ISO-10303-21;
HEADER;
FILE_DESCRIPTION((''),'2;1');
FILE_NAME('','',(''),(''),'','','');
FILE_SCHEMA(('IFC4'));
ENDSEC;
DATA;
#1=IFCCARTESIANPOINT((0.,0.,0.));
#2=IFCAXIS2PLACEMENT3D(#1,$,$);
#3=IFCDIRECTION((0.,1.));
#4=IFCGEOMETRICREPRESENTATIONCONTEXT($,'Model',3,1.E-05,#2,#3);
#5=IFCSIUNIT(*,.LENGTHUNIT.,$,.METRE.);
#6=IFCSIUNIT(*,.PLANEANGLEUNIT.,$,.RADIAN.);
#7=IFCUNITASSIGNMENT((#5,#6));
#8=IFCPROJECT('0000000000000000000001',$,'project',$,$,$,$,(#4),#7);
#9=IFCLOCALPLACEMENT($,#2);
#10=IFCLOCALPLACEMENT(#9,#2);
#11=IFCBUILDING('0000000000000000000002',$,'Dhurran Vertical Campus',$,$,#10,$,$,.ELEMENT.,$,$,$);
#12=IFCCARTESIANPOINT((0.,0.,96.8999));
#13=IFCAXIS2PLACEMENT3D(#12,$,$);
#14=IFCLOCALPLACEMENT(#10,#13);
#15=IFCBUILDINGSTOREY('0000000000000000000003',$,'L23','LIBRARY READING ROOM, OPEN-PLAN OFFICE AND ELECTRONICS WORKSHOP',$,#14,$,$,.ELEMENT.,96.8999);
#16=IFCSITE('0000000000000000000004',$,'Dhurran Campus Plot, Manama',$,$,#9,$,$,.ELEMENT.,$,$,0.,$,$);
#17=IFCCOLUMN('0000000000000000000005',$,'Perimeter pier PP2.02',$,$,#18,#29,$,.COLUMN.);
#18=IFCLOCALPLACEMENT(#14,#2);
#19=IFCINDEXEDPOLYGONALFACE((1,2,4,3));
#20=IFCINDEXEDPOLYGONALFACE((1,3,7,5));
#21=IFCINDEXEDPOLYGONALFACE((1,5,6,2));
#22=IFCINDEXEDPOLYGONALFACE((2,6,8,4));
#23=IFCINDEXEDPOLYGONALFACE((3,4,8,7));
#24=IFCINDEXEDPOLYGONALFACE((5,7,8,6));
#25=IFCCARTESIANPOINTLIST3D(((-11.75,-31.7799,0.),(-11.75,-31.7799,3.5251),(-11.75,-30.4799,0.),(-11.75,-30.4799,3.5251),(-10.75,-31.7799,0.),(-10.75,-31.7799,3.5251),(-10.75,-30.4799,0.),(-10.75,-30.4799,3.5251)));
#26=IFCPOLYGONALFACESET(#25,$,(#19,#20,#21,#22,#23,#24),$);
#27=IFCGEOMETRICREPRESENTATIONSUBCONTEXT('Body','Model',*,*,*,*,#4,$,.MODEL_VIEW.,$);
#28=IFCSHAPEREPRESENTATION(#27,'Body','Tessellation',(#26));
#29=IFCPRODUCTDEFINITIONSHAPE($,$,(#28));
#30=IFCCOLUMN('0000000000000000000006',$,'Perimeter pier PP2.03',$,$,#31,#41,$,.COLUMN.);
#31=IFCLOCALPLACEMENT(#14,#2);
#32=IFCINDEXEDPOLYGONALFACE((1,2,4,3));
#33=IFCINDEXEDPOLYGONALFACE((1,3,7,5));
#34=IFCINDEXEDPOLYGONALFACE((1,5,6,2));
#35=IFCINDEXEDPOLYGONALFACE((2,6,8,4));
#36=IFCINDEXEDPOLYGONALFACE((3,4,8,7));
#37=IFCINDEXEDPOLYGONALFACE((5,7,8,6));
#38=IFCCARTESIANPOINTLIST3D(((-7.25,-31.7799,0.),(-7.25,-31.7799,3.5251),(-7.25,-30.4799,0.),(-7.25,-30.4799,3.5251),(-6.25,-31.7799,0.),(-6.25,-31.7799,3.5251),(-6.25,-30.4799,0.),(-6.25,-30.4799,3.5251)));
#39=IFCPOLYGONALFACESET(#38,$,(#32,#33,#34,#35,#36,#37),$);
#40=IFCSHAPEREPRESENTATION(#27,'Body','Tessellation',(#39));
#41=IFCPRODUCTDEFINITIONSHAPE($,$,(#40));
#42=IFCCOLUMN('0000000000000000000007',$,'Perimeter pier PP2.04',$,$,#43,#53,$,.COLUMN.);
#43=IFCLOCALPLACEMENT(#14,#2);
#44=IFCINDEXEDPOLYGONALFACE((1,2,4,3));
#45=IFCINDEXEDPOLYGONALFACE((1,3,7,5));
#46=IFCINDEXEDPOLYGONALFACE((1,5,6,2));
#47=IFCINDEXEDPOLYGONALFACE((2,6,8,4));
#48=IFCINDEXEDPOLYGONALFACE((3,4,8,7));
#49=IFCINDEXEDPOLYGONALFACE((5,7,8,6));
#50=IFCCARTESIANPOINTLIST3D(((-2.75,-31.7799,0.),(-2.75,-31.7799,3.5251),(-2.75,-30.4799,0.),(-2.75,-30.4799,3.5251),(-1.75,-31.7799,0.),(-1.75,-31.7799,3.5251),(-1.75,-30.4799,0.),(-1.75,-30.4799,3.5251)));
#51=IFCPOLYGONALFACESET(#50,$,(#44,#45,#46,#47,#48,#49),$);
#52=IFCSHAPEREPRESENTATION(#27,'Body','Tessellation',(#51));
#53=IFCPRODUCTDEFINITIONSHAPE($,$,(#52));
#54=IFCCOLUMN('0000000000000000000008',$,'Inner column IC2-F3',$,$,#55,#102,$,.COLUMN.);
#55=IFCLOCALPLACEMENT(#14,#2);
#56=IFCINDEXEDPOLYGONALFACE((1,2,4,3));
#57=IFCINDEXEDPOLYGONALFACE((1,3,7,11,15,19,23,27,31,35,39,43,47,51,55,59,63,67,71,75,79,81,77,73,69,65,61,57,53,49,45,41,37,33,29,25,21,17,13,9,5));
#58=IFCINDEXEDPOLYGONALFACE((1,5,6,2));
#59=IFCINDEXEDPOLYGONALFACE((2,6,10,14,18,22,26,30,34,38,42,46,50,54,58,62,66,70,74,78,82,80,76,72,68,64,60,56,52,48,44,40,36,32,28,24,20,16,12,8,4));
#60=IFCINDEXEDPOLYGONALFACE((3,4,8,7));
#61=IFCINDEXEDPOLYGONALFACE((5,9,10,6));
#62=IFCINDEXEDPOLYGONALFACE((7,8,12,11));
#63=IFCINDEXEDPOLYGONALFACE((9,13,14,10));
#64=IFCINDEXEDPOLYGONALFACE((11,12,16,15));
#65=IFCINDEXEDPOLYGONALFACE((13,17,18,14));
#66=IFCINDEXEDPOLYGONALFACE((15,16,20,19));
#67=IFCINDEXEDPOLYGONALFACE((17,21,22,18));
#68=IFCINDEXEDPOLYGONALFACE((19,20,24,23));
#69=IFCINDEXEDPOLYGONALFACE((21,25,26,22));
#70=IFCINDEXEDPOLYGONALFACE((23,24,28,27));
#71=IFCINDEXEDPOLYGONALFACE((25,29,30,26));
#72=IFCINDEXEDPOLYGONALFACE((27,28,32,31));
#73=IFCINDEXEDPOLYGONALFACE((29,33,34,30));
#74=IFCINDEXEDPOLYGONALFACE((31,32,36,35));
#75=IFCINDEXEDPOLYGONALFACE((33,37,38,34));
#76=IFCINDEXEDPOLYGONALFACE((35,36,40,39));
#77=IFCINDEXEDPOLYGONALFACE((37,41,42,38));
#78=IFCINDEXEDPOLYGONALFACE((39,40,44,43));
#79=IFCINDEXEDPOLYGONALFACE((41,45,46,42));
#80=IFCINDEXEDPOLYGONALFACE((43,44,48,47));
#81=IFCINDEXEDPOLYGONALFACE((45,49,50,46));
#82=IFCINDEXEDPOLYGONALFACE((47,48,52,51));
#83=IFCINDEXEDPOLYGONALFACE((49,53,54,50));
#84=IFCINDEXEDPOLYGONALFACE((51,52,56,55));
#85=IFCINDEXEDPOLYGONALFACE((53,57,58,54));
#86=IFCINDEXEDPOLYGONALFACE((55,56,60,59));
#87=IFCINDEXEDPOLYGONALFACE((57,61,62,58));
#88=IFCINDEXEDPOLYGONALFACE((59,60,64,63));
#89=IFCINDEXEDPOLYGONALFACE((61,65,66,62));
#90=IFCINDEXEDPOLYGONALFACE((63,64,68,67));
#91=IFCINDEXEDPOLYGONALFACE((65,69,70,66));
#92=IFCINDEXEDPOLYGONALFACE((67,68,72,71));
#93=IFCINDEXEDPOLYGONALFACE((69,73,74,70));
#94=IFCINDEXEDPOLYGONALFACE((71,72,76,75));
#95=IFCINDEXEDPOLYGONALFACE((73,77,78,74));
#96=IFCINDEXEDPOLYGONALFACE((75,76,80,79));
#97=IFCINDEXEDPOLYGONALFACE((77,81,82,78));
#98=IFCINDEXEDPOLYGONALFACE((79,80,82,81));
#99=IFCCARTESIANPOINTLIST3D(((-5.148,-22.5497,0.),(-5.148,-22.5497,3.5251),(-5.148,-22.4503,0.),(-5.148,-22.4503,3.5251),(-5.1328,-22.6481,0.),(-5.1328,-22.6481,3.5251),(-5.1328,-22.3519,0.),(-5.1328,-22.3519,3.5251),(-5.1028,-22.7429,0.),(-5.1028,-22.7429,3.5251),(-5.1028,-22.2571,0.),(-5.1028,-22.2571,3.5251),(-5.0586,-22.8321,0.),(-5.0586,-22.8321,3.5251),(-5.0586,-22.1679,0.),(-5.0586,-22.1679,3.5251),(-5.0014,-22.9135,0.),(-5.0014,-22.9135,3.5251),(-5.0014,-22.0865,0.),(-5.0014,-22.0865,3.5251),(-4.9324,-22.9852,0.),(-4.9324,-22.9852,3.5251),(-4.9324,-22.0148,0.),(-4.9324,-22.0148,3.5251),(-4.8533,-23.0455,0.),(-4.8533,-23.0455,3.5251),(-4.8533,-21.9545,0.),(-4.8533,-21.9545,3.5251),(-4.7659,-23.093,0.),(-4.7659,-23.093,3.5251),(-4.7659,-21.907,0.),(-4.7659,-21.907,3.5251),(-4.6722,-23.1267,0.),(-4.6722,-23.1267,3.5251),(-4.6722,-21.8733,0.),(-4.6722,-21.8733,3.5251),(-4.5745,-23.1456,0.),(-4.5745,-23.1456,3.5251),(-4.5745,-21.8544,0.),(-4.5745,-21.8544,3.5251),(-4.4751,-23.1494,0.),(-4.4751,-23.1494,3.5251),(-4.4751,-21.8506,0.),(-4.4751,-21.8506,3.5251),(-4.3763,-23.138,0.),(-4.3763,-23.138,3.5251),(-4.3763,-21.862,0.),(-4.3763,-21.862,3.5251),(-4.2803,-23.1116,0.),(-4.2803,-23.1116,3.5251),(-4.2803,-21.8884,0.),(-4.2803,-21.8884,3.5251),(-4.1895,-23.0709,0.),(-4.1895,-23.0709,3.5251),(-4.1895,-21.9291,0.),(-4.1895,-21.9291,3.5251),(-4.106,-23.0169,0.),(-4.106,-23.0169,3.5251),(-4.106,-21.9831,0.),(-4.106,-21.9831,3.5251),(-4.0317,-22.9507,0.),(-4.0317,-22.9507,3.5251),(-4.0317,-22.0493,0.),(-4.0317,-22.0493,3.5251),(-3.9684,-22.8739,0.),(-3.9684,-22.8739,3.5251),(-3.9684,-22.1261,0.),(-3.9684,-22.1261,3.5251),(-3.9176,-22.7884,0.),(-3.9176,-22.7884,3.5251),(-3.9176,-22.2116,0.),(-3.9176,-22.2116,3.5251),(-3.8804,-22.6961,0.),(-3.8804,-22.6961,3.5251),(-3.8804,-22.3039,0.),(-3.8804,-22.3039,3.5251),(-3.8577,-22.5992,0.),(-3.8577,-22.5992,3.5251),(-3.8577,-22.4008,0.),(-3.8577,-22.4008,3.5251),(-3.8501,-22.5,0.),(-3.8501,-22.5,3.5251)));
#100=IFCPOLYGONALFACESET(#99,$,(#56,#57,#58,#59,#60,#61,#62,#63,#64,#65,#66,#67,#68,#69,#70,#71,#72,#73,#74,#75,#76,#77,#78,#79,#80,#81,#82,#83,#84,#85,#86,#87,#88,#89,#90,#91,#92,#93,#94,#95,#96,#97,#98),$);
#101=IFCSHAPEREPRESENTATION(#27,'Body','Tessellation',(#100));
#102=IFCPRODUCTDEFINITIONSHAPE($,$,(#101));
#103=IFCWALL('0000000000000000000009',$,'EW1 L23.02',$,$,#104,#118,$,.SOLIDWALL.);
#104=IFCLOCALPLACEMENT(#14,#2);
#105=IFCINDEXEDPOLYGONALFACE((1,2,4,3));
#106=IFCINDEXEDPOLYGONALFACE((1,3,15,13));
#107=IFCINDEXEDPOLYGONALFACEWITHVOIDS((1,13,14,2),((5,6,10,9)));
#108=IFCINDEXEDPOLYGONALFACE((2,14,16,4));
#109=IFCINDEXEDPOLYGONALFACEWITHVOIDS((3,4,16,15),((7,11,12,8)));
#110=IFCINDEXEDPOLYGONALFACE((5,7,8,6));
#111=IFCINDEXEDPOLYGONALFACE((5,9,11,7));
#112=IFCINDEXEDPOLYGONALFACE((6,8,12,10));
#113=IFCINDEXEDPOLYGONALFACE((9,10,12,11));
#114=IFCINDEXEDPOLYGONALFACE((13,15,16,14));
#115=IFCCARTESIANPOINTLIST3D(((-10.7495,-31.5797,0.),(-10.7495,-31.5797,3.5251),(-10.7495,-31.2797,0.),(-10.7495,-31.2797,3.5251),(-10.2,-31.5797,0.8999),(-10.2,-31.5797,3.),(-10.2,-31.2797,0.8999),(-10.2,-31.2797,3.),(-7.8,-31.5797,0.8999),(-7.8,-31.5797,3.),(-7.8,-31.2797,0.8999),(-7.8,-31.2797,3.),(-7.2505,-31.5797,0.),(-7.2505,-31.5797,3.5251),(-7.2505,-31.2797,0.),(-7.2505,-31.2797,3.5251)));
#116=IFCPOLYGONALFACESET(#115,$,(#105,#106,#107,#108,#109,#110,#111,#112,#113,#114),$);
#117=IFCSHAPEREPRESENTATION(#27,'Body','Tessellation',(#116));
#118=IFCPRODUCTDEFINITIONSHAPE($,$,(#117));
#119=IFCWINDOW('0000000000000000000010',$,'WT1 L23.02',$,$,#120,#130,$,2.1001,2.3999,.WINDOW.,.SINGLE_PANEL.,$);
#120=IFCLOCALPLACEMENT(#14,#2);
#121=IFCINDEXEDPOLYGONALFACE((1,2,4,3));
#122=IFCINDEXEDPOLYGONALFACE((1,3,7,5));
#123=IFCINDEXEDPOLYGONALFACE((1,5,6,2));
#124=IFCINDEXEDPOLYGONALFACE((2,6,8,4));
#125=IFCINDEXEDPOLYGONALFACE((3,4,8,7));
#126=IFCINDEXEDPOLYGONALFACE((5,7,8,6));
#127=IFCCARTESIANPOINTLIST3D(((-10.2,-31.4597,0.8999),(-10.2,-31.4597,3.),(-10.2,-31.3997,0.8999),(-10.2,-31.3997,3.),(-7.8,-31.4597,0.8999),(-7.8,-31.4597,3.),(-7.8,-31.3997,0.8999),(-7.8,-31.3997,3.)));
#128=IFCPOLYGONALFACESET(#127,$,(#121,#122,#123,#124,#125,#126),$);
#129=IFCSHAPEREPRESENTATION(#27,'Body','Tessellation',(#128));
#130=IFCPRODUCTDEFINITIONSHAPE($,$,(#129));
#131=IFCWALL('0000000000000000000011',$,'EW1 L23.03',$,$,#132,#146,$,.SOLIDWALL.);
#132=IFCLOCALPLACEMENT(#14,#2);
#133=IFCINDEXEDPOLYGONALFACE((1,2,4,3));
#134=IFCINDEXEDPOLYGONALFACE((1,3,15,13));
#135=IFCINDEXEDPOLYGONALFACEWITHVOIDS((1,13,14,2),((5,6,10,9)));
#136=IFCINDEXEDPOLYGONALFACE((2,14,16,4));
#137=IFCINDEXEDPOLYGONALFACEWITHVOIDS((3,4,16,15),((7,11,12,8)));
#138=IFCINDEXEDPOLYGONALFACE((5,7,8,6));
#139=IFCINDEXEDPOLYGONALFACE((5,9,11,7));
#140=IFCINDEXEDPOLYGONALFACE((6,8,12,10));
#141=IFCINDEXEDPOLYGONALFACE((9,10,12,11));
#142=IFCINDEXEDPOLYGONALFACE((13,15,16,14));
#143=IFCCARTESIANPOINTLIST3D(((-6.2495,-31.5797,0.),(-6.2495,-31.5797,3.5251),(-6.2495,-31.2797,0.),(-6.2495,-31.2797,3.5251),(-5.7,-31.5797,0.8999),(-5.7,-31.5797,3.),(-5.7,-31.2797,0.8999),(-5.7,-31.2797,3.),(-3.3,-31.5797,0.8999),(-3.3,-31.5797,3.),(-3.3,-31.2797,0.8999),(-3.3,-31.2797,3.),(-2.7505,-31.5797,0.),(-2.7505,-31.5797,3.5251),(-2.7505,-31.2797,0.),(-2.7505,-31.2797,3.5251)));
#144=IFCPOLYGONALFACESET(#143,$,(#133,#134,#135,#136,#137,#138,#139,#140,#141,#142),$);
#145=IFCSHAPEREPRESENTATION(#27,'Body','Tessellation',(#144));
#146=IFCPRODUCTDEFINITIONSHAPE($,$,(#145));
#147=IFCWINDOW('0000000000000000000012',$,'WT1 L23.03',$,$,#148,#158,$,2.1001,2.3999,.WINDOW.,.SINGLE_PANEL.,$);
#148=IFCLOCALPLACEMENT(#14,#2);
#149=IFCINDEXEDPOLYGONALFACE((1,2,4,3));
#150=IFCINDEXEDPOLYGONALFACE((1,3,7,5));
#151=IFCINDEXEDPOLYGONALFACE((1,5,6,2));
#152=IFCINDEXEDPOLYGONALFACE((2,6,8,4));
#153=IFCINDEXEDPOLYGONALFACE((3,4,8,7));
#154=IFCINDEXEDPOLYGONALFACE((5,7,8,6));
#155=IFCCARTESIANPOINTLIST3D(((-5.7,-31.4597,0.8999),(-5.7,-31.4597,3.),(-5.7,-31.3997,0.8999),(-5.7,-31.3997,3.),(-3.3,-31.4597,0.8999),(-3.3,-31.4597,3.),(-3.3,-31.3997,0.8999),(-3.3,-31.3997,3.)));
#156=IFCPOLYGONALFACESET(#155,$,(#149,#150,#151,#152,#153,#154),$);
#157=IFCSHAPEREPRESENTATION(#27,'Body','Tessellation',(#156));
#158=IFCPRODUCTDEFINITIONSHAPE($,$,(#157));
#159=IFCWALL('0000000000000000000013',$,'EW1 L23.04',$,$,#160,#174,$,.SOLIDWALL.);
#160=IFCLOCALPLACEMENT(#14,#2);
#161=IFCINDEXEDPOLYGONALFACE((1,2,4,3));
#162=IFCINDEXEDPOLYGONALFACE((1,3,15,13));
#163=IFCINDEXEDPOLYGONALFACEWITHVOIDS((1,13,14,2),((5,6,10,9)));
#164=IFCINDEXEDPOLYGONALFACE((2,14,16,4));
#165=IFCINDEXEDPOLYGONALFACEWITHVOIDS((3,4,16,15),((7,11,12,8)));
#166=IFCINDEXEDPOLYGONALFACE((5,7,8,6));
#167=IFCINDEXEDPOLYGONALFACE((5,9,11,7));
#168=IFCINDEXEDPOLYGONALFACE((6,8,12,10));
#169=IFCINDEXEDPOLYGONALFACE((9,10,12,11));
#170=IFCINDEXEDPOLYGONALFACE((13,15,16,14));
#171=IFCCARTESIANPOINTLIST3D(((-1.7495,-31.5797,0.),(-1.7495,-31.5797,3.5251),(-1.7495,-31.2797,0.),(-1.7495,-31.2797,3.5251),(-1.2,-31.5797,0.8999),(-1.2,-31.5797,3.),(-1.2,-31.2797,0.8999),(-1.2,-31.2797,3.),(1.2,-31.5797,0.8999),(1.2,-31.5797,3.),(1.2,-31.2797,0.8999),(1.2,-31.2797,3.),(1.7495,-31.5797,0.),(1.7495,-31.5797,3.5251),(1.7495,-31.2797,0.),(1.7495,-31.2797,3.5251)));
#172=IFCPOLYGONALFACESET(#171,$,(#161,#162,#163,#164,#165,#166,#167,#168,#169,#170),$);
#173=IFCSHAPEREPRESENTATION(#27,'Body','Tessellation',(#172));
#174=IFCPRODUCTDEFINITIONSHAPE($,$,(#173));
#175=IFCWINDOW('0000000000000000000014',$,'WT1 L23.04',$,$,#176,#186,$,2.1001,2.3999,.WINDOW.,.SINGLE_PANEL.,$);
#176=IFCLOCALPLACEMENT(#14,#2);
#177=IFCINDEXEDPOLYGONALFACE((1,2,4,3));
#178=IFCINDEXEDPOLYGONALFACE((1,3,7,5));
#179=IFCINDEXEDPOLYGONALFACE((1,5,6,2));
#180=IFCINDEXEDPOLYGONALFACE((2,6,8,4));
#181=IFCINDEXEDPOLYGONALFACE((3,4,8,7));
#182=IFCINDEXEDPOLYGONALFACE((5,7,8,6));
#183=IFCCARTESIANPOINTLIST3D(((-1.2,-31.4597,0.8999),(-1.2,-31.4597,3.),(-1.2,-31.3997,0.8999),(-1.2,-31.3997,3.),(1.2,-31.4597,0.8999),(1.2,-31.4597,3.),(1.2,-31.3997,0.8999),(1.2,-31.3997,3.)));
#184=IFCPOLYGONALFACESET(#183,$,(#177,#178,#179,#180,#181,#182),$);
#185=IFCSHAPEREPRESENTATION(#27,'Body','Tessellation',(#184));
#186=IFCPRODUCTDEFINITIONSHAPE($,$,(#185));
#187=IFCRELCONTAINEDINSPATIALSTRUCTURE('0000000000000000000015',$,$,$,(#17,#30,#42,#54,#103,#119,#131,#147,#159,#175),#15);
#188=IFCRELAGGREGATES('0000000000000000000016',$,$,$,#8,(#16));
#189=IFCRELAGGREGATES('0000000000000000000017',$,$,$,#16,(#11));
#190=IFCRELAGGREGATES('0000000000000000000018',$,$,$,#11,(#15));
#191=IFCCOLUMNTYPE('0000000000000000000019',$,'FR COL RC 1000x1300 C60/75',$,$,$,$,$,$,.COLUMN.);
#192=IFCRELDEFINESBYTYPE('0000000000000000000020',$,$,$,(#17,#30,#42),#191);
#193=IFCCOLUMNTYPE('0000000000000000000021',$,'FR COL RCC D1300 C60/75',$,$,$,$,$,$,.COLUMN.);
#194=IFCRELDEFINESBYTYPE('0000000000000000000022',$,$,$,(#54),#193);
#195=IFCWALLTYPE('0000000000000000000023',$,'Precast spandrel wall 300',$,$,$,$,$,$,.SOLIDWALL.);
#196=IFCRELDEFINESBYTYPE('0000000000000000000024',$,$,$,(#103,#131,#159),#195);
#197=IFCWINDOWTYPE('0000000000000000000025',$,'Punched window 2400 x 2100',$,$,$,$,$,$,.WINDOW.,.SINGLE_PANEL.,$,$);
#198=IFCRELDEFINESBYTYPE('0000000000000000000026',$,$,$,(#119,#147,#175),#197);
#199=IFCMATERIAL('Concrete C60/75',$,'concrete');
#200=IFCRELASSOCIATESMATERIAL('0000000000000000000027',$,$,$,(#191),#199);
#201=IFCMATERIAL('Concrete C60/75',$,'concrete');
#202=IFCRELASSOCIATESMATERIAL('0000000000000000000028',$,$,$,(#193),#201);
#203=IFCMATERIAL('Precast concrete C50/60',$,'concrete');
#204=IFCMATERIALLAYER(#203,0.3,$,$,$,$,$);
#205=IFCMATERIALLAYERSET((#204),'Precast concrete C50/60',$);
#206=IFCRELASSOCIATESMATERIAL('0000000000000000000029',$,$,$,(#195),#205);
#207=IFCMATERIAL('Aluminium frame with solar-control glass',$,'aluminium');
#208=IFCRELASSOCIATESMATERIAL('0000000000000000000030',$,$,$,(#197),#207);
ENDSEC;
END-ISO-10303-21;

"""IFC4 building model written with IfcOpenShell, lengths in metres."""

from ifc_helpers import new_model, si_unit, direction, frame, frame_2d, origin, origin_2d, place, context, subcontext, project, spatial, rectangle, circle, extrude, material, layer, layer_set, material_profile, profile_set, type_object, element, fill, save


model = new_model("IFC4")

# Units and contexts
model_context = context("Model", 3, precision=1e-05, world=origin(), true_north=direction((0.0, 1.0)))
body_context = subcontext(model_context, "Body", "Model", "MODEL_VIEW")
ifc_project = project(units=[si_unit("LENGTHUNIT", "METRE"), si_unit("PLANEANGLEUNIT", "RADIAN")], contexts=[model_context])

# Site, building, storey
site_placement = place(None, origin())
site = spatial("IfcSite", under=ifc_project, at=site_placement, Name="Dhurran Campus Plot, Manama", CompositionType="ELEMENT", RefElevation=0.0)
building_placement = place(site_placement, origin())
building = spatial("IfcBuilding", under=site, at=building_placement, Name="Dhurran Vertical Campus", CompositionType="ELEMENT")
storey_placement = place(building_placement, frame((0.0, 0.0, 96.8999)))
storey = spatial("IfcBuildingStorey", under=building, at=storey_placement, Name="L23", Description="LIBRARY READING ROOM, OPEN-PLAN OFFICE AND ELECTRONICS WORKSHOP", CompositionType="ELEMENT", Elevation=96.8999)

# Columns
ifc_material_1 = material(Name="Concrete C60/75", Category="concrete")
ifc_material_profile_1 = material_profile(ifc_material_1, rectangle(XDim=1.0, YDim=1.3, at=origin_2d()), Name="RC 1000x1300")
ifc_profile_set_1 = profile_set([ifc_material_profile_1], Name="Concrete C60/75")
column_type_1 = type_object("IfcColumnType", Name="FR COL RC 1000x1300 C60/75", PredefinedType="COLUMN", material=ifc_profile_set_1)
for number, where, z_axis, x_axis, name in (
    (1, (-11.25, -31.1299, 0.0), (0.0, 0.0, 1.0), (1.0, 0.0, 0.0), "Perimeter pier PP2.02"),
    (2, (-6.75, -31.1299, 0.0), (0.0, 0.0, 1.0), (1.0, 0.0, 0.0), "Perimeter pier PP2.03"),
    (3, (-2.25, -31.1299, 0.0), (0.0, 0.0, 1.0), (1.0, 0.0, 0.0), "Perimeter pier PP2.04"),
):
    element("IfcColumn", number, at=place(storey_placement, frame(where, z_axis=z_axis, x_axis=x_axis)), inside=storey, type_object=column_type_1, Name=name, PredefinedType="COLUMN", context=body_context, shape_type="SweptSolid", body=[
        extrude(rectangle(XDim=1.0, YDim=1.3, at=origin_2d()), origin(), (0.0, 0.0, 1.0), 3.5251),
    ])
ifc_material_2 = material(Name="Concrete C60/75", Category="concrete")
ifc_material_profile_2 = material_profile(ifc_material_2, circle(Radius=0.6499, at=origin_2d()), Name="RCC D1300")
ifc_profile_set_2 = profile_set([ifc_material_profile_2], Name="Concrete C60/75")
column_type_2 = type_object("IfcColumnType", Name="FR COL RCC D1300 C60/75", PredefinedType="COLUMN", material=ifc_profile_set_2)
column_placement = place(storey_placement, frame((-4.5, -22.5, 0.0), z_axis=(0.0, 0.0, 1.0), x_axis=(1.0, 0.0, 0.0)))
element("IfcColumn", 4, at=column_placement, inside=storey, type_object=column_type_2, Name="Inner column IC2-F3", PredefinedType="COLUMN", context=body_context, shape_type="SweptSolid", body=[
    extrude(circle(Radius=0.6499, at=origin_2d()), origin(), (0.0, 0.0, 1.0), 3.5251),
])

# Walls, openings, windows
ifc_material_3 = material(Name="Precast concrete C50/60", Category="concrete")
ifc_layer_1 = layer(ifc_material_3, 0.3)
ifc_layer_set_1 = layer_set([ifc_layer_1], Name="Precast concrete C50/60")
wall_type_1 = type_object("IfcWallType", Name="Precast spandrel wall 300", PredefinedType="SOLIDWALL", material=ifc_layer_set_1)
wall_1_placement = place(storey_placement, frame((-10.7495, -31.4297, 0.0), z_axis=(0.0, 0.0, 1.0), x_axis=(1.0, 0.0, 0.0)))
wall_1 = element("IfcWall", 5, at=wall_1_placement, inside=storey, type_object=wall_type_1, Name="EW1 L23.02", PredefinedType="SOLIDWALL", context=body_context, shape_type="SweptSolid", body=[
    extrude(rectangle(XDim=3.499, YDim=0.3, at=frame_2d((1.7495, 0.0))), origin(), (0.0, 0.0, 1.0), 3.5251),
])
opening_1_placement = place(wall_1_placement, frame((0.5496, 0.0, 0.8999)))
opening_1 = element("IfcOpeningElement", 6, at=opening_1_placement, cuts=wall_1, PredefinedType="OPENING", context=body_context, shape_type="SweptSolid", body=[
    extrude(rectangle(XDim=2.3999, YDim=2.1001, at=frame_2d((1.2, 1.05))), frame((0.0, 0.1599, 0.0), z_axis=(0.0, -1.0, 0.0), x_axis=(1.0, 0.0, 0.0)), (0.0, 0.0, 1.0), 0.3201),
])
ifc_material_4 = material(Name="Aluminium frame with solar-control glass", Category="aluminium")
window_type = type_object("IfcWindowType", Name="Punched window 2400 x 2100", PartitioningType="SINGLE_PANEL", PredefinedType="WINDOW", material=ifc_material_4)
window_1_placement = place(opening_1_placement, origin())
window_1 = element("IfcWindow", 7, at=window_1_placement, inside=storey, type_object=window_type, Name="WT1 L23.02", OverallHeight=2.1001, OverallWidth=2.3999, PartitioningType="SINGLE_PANEL", PredefinedType="WINDOW", context=body_context, shape_type="SweptSolid", body=[
    extrude(rectangle(XDim=2.3999, YDim=2.1001, at=frame_2d((1.2, 1.05))), frame((0.0, 0.03, 0.0), z_axis=(0.0, -1.0, 0.0), x_axis=(1.0, 0.0, 0.0)), (0.0, 0.0, 1.0), 0.0601),
])
fill(opening_1, window_1)
wall_2_placement = place(storey_placement, frame((-6.2495, -31.4297, 0.0), z_axis=(0.0, 0.0, 1.0), x_axis=(1.0, 0.0, 0.0)))
wall_2 = element("IfcWall", 8, at=wall_2_placement, inside=storey, type_object=wall_type_1, Name="EW1 L23.03", PredefinedType="SOLIDWALL", context=body_context, shape_type="SweptSolid", body=[
    extrude(rectangle(XDim=3.499, YDim=0.3, at=frame_2d((1.7495, 0.0))), origin(), (0.0, 0.0, 1.0), 3.5251),
])
opening_2_placement = place(wall_2_placement, frame((0.5496, 0.0, 0.8999)))
opening_2 = element("IfcOpeningElement", 9, at=opening_2_placement, cuts=wall_2, PredefinedType="OPENING", context=body_context, shape_type="SweptSolid", body=[
    extrude(rectangle(XDim=2.3999, YDim=2.1001, at=frame_2d((1.2, 1.05))), frame((0.0, 0.1599, 0.0), z_axis=(0.0, -1.0, 0.0), x_axis=(1.0, 0.0, 0.0)), (0.0, 0.0, 1.0), 0.3201),
])
window_2_placement = place(opening_2_placement, origin())
window_2 = element("IfcWindow", 10, at=window_2_placement, inside=storey, type_object=window_type, Name="WT1 L23.03", OverallHeight=2.1001, OverallWidth=2.3999, PartitioningType="SINGLE_PANEL", PredefinedType="WINDOW", context=body_context, shape_type="SweptSolid", body=[
    extrude(rectangle(XDim=2.3999, YDim=2.1001, at=frame_2d((1.2, 1.05))), frame((0.0, 0.03, 0.0), z_axis=(0.0, -1.0, 0.0), x_axis=(1.0, 0.0, 0.0)), (0.0, 0.0, 1.0), 0.0601),
])
fill(opening_2, window_2)
wall_3_placement = place(storey_placement, frame((-1.7495, -31.4297, 0.0), z_axis=(0.0, 0.0, 1.0), x_axis=(1.0, 0.0, 0.0)))
wall_3 = element("IfcWall", 11, at=wall_3_placement, inside=storey, type_object=wall_type_1, Name="EW1 L23.04", PredefinedType="SOLIDWALL", context=body_context, shape_type="SweptSolid", body=[
    extrude(rectangle(XDim=3.499, YDim=0.3, at=frame_2d((1.7495, 0.0))), origin(), (0.0, 0.0, 1.0), 3.5251),
])
opening_3_placement = place(wall_3_placement, frame((0.5496, 0.0, 0.8999)))
opening_3 = element("IfcOpeningElement", 12, at=opening_3_placement, cuts=wall_3, PredefinedType="OPENING", context=body_context, shape_type="SweptSolid", body=[
    extrude(rectangle(XDim=2.3999, YDim=2.1001, at=frame_2d((1.2, 1.05))), frame((0.0, 0.1599, 0.0), z_axis=(0.0, -1.0, 0.0), x_axis=(1.0, 0.0, 0.0)), (0.0, 0.0, 1.0), 0.3201),
])
window_3_placement = place(opening_3_placement, origin())
window_3 = element("IfcWindow", 13, at=window_3_placement, inside=storey, type_object=window_type, Name="WT1 L23.04", OverallHeight=2.1001, OverallWidth=2.3999, PartitioningType="SINGLE_PANEL", PredefinedType="WINDOW", context=body_context, shape_type="SweptSolid", body=[
    extrude(rectangle(XDim=2.3999, YDim=2.1001, at=frame_2d((1.2, 1.05))), frame((0.0, 0.03, 0.0), z_axis=(0.0, -1.0, 0.0), x_axis=(1.0, 0.0, 0.0)), (0.0, 0.0, 1.0), 0.0601),
])
fill(opening_3, window_3)

save(model, "model.ifc")
